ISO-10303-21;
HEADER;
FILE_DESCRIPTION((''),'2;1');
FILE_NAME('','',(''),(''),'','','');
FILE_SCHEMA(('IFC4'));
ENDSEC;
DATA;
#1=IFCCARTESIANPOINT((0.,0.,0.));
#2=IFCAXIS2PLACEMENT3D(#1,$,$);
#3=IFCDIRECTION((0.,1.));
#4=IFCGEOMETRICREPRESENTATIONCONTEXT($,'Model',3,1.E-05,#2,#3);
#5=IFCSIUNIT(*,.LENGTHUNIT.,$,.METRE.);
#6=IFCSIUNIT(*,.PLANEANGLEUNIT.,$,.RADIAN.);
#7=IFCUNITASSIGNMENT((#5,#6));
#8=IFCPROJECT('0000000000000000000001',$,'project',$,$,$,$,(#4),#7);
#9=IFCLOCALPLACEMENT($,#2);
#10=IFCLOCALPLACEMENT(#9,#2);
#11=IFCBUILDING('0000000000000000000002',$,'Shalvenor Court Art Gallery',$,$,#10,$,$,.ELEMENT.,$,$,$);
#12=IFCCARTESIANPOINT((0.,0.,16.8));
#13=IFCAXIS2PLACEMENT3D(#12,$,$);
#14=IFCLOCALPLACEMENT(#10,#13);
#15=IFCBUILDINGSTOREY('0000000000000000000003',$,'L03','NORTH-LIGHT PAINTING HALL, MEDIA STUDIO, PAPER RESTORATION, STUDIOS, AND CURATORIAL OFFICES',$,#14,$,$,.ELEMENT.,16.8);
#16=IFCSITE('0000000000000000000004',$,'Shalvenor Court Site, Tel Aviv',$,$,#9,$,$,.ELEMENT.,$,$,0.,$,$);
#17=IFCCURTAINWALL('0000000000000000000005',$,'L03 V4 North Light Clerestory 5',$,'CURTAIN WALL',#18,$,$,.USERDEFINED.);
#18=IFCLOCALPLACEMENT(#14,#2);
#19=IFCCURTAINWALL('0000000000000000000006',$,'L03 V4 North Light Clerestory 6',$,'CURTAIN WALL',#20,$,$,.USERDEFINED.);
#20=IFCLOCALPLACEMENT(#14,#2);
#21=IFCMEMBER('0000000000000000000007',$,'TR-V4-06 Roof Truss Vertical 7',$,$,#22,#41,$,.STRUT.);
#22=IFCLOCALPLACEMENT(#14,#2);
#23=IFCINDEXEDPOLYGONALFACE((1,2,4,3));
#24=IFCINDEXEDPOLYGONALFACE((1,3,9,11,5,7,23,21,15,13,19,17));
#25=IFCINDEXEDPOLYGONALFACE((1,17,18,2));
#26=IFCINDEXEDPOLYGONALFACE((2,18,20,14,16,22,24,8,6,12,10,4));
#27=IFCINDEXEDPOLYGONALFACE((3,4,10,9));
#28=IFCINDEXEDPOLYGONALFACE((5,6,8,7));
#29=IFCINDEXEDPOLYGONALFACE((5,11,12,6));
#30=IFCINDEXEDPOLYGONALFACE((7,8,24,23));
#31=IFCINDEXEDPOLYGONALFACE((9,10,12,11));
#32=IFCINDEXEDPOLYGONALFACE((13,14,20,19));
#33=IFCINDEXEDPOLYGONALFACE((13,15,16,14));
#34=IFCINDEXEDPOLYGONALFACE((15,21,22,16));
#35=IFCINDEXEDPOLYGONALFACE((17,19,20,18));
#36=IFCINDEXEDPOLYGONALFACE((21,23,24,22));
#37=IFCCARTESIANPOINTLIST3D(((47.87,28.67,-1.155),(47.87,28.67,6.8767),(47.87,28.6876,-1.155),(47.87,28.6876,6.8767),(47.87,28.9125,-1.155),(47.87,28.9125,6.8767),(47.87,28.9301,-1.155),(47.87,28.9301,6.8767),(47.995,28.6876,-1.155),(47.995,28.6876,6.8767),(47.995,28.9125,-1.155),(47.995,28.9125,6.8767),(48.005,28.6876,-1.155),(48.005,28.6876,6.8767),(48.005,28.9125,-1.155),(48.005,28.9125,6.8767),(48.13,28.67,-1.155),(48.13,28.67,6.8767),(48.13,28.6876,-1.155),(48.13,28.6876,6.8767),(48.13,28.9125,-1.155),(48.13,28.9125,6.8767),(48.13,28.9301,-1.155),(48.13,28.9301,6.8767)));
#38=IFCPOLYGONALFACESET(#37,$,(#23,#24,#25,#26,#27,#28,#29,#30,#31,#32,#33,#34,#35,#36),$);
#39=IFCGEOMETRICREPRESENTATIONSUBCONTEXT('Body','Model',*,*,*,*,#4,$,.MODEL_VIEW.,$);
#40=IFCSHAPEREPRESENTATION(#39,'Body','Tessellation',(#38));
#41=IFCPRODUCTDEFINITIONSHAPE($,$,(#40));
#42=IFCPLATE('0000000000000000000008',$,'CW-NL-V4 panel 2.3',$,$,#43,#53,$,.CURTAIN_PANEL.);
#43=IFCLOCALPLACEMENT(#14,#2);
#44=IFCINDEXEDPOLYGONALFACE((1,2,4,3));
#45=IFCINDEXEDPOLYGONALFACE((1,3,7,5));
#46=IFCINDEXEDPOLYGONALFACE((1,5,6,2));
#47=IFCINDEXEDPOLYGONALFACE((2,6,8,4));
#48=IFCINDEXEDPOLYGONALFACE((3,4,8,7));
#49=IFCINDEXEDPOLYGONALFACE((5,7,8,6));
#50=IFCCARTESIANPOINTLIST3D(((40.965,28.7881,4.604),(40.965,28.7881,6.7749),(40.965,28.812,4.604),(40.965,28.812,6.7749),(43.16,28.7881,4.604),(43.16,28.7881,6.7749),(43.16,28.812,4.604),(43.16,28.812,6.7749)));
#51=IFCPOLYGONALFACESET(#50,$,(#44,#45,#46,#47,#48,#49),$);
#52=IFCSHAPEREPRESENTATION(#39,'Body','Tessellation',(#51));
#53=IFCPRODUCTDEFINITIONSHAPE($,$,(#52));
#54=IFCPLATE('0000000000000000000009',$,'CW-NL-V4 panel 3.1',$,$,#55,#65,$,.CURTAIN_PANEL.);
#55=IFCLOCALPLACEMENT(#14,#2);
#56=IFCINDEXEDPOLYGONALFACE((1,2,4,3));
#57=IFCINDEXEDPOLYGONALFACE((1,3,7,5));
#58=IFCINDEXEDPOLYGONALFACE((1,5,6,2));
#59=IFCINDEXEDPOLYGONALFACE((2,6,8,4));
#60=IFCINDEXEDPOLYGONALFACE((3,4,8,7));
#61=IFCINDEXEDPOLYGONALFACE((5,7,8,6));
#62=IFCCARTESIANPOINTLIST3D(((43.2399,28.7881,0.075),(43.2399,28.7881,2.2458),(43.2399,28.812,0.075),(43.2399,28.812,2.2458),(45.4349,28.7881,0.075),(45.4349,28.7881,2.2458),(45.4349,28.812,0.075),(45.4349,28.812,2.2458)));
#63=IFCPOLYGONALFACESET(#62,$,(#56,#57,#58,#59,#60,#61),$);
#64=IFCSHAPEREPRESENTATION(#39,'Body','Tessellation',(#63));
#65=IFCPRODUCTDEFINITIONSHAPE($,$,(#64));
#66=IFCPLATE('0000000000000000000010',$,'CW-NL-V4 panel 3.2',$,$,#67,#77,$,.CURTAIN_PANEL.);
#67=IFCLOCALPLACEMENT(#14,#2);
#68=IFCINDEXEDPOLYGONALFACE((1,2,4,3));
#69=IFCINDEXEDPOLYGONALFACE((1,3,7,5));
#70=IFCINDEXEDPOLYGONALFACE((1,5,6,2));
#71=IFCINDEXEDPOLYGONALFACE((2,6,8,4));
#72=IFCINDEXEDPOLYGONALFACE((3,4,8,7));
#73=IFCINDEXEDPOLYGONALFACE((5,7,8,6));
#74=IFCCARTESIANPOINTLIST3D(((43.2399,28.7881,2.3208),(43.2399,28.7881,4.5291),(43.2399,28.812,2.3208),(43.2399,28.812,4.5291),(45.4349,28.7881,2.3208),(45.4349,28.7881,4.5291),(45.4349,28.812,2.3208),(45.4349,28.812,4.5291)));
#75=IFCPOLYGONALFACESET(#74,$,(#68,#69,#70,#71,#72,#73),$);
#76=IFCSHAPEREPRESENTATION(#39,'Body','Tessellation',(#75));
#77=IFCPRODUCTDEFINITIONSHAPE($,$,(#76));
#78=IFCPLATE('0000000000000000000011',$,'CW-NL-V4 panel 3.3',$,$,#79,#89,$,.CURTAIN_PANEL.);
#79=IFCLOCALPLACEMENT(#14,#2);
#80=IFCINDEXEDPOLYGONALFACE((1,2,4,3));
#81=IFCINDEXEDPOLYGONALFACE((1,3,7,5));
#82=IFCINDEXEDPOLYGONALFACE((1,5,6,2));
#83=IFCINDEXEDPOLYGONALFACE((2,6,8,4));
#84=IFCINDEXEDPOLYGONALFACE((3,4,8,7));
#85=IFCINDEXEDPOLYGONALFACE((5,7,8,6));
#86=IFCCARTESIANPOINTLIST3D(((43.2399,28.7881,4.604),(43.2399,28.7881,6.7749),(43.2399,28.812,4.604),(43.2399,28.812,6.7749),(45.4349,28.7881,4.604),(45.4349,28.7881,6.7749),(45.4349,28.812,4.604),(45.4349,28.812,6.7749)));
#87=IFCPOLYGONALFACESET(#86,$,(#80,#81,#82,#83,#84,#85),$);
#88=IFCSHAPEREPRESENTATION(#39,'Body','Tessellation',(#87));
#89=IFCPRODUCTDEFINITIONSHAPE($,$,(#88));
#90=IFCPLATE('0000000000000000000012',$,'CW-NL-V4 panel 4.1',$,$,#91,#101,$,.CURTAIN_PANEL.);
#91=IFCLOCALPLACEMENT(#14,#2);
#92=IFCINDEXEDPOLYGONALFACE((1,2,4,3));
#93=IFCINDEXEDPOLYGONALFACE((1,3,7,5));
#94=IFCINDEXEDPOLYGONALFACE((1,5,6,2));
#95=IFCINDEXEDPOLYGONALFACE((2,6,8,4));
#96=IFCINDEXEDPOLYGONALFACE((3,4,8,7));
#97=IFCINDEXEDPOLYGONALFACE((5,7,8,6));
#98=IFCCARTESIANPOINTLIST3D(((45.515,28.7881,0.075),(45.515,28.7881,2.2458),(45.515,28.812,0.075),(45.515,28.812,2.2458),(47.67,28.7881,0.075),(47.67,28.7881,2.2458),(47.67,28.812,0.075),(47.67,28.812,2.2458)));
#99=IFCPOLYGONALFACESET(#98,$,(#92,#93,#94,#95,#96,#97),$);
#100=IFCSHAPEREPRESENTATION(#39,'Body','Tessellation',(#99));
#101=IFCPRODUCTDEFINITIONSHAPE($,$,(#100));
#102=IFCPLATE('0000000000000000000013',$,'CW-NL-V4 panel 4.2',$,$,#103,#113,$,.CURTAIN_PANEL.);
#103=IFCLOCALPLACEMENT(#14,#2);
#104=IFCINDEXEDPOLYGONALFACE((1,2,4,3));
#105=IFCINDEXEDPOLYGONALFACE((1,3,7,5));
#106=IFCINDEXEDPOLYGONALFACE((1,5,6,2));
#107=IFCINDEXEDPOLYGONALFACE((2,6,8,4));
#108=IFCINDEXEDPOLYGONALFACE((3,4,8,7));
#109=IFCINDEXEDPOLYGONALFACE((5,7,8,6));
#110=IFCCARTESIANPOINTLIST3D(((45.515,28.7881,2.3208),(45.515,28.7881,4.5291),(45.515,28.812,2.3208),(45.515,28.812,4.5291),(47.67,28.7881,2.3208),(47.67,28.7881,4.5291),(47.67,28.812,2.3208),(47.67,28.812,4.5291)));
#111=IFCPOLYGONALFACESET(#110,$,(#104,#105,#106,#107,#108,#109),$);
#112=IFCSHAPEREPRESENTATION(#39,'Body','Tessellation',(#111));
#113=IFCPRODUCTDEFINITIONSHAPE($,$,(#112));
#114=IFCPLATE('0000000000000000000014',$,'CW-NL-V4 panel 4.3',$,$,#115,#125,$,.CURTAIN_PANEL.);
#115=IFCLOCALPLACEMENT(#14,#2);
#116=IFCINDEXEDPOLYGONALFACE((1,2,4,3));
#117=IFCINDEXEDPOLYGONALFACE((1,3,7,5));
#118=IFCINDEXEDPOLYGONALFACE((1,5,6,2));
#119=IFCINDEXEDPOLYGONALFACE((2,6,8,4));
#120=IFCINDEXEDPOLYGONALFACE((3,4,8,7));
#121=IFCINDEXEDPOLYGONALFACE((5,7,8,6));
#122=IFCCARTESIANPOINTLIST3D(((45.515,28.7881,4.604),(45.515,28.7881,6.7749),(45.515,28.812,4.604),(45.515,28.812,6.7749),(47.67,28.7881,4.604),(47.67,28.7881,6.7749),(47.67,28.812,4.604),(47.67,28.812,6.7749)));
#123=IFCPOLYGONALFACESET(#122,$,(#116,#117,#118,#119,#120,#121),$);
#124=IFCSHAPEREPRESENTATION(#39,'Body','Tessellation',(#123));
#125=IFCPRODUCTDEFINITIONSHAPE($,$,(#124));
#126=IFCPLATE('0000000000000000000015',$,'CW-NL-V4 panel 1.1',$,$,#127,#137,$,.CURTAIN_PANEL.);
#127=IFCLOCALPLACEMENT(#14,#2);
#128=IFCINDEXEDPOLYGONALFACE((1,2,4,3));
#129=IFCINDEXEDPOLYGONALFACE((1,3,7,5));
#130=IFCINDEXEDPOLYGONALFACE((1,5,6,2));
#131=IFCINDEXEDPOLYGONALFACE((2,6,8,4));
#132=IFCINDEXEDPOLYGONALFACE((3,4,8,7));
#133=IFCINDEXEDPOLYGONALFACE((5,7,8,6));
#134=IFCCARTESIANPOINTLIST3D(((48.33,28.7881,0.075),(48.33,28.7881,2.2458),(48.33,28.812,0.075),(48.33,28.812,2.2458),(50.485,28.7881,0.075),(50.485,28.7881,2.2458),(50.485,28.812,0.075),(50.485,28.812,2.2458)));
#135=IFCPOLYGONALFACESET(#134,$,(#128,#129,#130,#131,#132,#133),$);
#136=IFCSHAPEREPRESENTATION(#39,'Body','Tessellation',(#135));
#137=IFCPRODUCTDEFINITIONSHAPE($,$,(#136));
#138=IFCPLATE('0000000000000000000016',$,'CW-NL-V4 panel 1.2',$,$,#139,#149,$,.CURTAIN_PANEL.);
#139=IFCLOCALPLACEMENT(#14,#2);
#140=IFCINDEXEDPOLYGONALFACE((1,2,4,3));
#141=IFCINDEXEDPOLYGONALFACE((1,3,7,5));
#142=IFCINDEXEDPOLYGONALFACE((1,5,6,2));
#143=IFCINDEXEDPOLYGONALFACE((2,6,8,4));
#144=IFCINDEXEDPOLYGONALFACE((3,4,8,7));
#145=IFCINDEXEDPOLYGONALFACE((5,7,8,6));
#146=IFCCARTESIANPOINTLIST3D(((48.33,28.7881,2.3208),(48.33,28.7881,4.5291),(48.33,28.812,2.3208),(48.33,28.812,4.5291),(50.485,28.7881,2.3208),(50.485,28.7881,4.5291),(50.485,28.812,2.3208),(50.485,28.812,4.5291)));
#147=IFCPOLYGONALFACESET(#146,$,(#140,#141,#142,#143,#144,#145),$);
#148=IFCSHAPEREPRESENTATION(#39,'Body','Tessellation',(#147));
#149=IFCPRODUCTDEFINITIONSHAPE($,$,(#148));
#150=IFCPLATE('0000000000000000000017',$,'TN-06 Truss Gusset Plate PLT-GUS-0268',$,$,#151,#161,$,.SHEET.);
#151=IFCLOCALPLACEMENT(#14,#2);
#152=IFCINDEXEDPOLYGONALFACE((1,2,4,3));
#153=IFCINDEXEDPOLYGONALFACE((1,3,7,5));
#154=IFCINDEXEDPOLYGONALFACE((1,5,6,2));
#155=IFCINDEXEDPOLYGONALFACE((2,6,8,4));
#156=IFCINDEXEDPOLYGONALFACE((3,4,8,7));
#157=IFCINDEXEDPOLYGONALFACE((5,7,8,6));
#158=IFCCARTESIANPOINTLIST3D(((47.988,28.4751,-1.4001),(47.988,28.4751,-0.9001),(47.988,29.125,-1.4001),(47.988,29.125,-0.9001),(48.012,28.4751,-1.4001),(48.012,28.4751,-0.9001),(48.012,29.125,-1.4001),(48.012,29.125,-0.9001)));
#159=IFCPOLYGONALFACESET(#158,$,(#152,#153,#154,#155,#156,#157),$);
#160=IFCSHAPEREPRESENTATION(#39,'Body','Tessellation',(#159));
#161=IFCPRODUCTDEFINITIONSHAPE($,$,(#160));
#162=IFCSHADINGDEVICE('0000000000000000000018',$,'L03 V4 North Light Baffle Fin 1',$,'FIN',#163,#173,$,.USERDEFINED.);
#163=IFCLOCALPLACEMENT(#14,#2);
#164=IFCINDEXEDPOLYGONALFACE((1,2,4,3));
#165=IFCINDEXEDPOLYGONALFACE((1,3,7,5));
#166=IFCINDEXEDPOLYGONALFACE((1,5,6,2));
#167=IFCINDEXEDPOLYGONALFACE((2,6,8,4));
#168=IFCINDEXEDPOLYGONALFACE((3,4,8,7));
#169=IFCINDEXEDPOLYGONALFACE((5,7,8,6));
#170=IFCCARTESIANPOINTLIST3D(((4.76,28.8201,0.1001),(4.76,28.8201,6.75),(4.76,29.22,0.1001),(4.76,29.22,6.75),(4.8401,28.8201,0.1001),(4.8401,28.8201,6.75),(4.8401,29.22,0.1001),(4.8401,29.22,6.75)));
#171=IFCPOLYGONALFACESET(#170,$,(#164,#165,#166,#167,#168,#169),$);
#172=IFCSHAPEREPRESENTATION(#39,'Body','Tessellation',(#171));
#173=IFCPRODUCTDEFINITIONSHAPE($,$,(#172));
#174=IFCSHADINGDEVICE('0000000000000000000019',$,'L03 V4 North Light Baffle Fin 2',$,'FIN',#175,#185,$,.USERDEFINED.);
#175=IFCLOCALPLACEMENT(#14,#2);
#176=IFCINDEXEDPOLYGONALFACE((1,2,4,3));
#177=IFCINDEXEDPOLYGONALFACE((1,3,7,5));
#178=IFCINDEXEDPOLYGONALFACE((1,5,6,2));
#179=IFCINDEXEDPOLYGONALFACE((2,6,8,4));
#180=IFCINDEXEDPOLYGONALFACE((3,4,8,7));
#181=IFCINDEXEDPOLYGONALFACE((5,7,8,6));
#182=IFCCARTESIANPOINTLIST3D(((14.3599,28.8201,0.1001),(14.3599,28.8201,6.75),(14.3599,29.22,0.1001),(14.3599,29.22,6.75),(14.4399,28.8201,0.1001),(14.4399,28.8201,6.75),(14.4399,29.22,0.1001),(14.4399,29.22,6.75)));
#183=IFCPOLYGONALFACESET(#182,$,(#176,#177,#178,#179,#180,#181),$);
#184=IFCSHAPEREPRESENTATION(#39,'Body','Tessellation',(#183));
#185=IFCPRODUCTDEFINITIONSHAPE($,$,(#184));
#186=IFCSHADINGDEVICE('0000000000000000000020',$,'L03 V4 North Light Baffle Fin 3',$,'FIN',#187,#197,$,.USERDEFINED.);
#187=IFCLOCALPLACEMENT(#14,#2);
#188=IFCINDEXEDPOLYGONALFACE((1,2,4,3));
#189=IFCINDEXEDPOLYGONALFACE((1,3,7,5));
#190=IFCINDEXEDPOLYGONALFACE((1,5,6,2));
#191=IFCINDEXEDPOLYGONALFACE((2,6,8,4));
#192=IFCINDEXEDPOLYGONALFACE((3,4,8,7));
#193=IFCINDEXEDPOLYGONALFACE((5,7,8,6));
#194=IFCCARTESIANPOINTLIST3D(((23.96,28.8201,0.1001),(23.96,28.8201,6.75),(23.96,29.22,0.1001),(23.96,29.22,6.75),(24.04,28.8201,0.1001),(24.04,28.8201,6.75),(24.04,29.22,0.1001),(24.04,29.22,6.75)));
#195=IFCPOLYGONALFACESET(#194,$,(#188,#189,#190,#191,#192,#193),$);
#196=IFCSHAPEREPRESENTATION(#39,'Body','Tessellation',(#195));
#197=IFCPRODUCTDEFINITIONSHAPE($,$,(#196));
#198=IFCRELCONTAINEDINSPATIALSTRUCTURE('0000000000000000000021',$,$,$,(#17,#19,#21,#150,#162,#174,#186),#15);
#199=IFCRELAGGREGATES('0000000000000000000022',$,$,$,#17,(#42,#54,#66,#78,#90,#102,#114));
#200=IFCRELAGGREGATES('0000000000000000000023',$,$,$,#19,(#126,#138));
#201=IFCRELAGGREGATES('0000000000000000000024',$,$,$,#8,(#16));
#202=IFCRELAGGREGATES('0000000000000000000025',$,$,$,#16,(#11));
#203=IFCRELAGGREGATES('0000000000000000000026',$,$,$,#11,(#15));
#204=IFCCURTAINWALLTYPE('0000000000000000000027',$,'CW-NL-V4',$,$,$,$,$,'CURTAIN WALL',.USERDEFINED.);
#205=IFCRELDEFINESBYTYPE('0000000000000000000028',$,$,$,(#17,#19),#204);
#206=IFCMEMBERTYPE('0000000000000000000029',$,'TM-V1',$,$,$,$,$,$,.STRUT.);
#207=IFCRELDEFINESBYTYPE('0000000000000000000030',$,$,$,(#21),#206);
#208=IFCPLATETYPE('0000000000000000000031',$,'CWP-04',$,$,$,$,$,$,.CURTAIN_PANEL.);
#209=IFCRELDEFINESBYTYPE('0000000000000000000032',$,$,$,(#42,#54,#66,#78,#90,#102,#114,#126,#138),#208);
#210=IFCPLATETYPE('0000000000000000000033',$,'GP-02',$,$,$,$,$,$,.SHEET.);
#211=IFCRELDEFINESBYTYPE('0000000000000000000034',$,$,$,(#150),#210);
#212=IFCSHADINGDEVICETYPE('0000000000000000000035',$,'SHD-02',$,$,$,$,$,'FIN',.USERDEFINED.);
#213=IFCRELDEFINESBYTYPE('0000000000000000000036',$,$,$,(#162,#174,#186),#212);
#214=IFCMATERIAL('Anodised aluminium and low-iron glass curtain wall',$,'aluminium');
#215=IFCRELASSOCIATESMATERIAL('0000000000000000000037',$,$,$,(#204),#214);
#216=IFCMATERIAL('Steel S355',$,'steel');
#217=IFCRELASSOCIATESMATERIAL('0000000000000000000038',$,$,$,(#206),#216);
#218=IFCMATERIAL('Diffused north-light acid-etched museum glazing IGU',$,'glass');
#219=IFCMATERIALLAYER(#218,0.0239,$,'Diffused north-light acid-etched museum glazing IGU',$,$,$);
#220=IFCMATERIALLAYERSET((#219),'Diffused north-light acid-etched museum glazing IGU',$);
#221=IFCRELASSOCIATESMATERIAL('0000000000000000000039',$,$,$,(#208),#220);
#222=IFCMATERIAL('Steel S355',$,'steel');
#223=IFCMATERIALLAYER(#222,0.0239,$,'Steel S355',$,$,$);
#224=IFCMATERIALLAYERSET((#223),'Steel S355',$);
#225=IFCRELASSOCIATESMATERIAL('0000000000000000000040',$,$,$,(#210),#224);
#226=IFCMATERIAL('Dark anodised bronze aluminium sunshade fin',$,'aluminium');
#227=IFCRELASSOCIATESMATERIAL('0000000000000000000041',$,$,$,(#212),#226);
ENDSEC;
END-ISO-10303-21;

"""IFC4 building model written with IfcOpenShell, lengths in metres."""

from ifc_helpers import new_model, si_unit, direction, frame, origin, origin_2d, place, context, subcontext, project, spatial, rectangle, i_section, extrude, material, layer, layer_set, material_profile, profile_set, type_object, element, aggregate, save


model = new_model("IFC4")

# Units and contexts
model_context = context("Model", 3, precision=1e-05, world=origin(), true_north=direction((0.0, 1.0)))
body_context = subcontext(model_context, "Body", "Model", "MODEL_VIEW")
ifc_project = project(units=[si_unit("LENGTHUNIT", "METRE"), si_unit("PLANEANGLEUNIT", "RADIAN")], contexts=[model_context])

# Site, building, storey
site_placement = place(None, origin())
site = spatial("IfcSite", under=ifc_project, at=site_placement, Name="Shalvenor Court Site, Tel Aviv", CompositionType="ELEMENT", RefElevation=0.0)
building_placement = place(site_placement, origin())
building = spatial("IfcBuilding", under=site, at=building_placement, Name="Shalvenor Court Art Gallery", CompositionType="ELEMENT")
storey_placement = place(building_placement, frame((0.0, 0.0, 16.8)))
storey = spatial("IfcBuildingStorey", under=building, at=storey_placement, Name="L03", Description="NORTH-LIGHT PAINTING HALL, MEDIA STUDIO, PAPER RESTORATION, STUDIOS, AND CURATORIAL OFFICES", CompositionType="ELEMENT", Elevation=16.8)

# Curtain walls
ifc_material_1 = material(Name="Anodised aluminium and low-iron glass curtain wall", Category="aluminium")
curtain_wall_type = type_object("IfcCurtainWallType", Name="CW-NL-V4", ElementType="CURTAIN WALL", PredefinedType="USERDEFINED", material=ifc_material_1)
curtain_wall_1_placement = place(storey_placement, origin())
curtain_wall_1 = element("IfcCurtainWall", 1, at=curtain_wall_1_placement, inside=storey, type_object=curtain_wall_type, Name="L03 V4 North Light Clerestory 5", ObjectType="CURTAIN WALL", PredefinedType="USERDEFINED")
curtain_wall_2_placement = place(storey_placement, origin())
curtain_wall_2 = element("IfcCurtainWall", 2, at=curtain_wall_2_placement, inside=storey, type_object=curtain_wall_type, Name="L03 V4 North Light Clerestory 6", ObjectType="CURTAIN WALL", PredefinedType="USERDEFINED")

# Member
ifc_material_2 = material(Name="Steel S355", Category="steel")
ifc_material_profile_1 = material_profile(ifc_material_2, i_section(OverallWidth=0.26, OverallDepth=0.26, WebThickness=0.01, FlangeThickness=0.0176, at=origin_2d()), Name="HEB 260")
ifc_profile_set_1 = profile_set([ifc_material_profile_1], Name="Steel S355")
member_type_1 = type_object("IfcMemberType", Name="TM-V1", PredefinedType="STRUT", material=ifc_profile_set_1)
member_1_placement = place(storey_placement, frame((48.0, 28.8, -1.155), z_axis=(0.0, 0.0, 1.0), x_axis=(1.0, 0.0, 0.0)))
element("IfcMember", 3, at=member_1_placement, inside=storey, type_object=member_type_1, Name="TR-V4-06 Roof Truss Vertical 7", PredefinedType="STRUT", context=body_context, shape_type="SweptSolid", body=[
    extrude(i_section(OverallWidth=0.26, OverallDepth=0.26, WebThickness=0.01, FlangeThickness=0.0176, at=origin_2d()), origin(), (0.0, 0.0, 1.0), 8.0317),
])

# Plates
ifc_material_3 = material(Name="Diffused north-light acid-etched museum glazing IGU", Category="glass")
ifc_layer_1 = layer(ifc_material_3, 0.0239, Name="Diffused north-light acid-etched museum glazing IGU")
ifc_layer_set_1 = layer_set([ifc_layer_1], Name="Diffused north-light acid-etched museum glazing IGU")
plate_type_1 = type_object("IfcPlateType", Name="CWP-04", PredefinedType="CURTAIN_PANEL", material=ifc_layer_set_1)
plate_1_placement = place(storey_placement, frame((42.0625, 28.8, 4.604), z_axis=(0.0, 0.0, 1.0), x_axis=(1.0, 0.0, 0.0)))
plate_1 = element("IfcPlate", 4, at=plate_1_placement, type_object=plate_type_1, Name="CW-NL-V4 panel 2.3", PredefinedType="CURTAIN_PANEL", context=body_context, shape_type="SweptSolid", body=[
    extrude(rectangle(XDim=2.1951, YDim=0.0239, at=origin_2d()), origin(), (0.0, 0.0, 1.0), 2.1709),
])
plate_2_placement = place(storey_placement, frame((44.3374, 28.8, 0.075), z_axis=(0.0, 0.0, 1.0), x_axis=(1.0, 0.0, 0.0)))
plate_2 = element("IfcPlate", 5, at=plate_2_placement, type_object=plate_type_1, Name="CW-NL-V4 panel 3.1", PredefinedType="CURTAIN_PANEL", context=body_context, shape_type="SweptSolid", body=[
    extrude(rectangle(XDim=2.1951, YDim=0.0239, at=origin_2d()), origin(), (0.0, 0.0, 1.0), 2.1709),
])
plate_3_placement = place(storey_placement, frame((44.3374, 28.8, 2.3208), z_axis=(0.0, 0.0, 1.0), x_axis=(1.0, 0.0, 0.0)))
plate_3 = element("IfcPlate", 6, at=plate_3_placement, type_object=plate_type_1, Name="CW-NL-V4 panel 3.2", PredefinedType="CURTAIN_PANEL", context=body_context, shape_type="SweptSolid", body=[
    extrude(rectangle(XDim=2.1951, YDim=0.0239, at=origin_2d()), origin(), (0.0, 0.0, 1.0), 2.2083),
])
plate_4_placement = place(storey_placement, frame((44.3374, 28.8, 4.604), z_axis=(0.0, 0.0, 1.0), x_axis=(1.0, 0.0, 0.0)))
plate_4 = element("IfcPlate", 7, at=plate_4_placement, type_object=plate_type_1, Name="CW-NL-V4 panel 3.3", PredefinedType="CURTAIN_PANEL", context=body_context, shape_type="SweptSolid", body=[
    extrude(rectangle(XDim=2.1951, YDim=0.0239, at=origin_2d()), origin(), (0.0, 0.0, 1.0), 2.1709),
])
plate_5_placement = place(storey_placement, frame((46.5925, 28.8, 0.075), z_axis=(0.0, 0.0, 1.0), x_axis=(1.0, 0.0, 0.0)))
plate_5 = element("IfcPlate", 8, at=plate_5_placement, type_object=plate_type_1, Name="CW-NL-V4 panel 4.1", PredefinedType="CURTAIN_PANEL", context=body_context, shape_type="SweptSolid", body=[
    extrude(rectangle(XDim=2.155, YDim=0.0239, at=origin_2d()), origin(), (0.0, 0.0, 1.0), 2.1709),
])
plate_6_placement = place(storey_placement, frame((46.5925, 28.8, 2.3208), z_axis=(0.0, 0.0, 1.0), x_axis=(1.0, 0.0, 0.0)))
plate_6 = element("IfcPlate", 9, at=plate_6_placement, type_object=plate_type_1, Name="CW-NL-V4 panel 4.2", PredefinedType="CURTAIN_PANEL", context=body_context, shape_type="SweptSolid", body=[
    extrude(rectangle(XDim=2.155, YDim=0.0239, at=origin_2d()), origin(), (0.0, 0.0, 1.0), 2.2083),
])
plate_7_placement = place(storey_placement, frame((46.5925, 28.8, 4.604), z_axis=(0.0, 0.0, 1.0), x_axis=(1.0, 0.0, 0.0)))
plate_7 = element("IfcPlate", 10, at=plate_7_placement, type_object=plate_type_1, Name="CW-NL-V4 panel 4.3", PredefinedType="CURTAIN_PANEL", context=body_context, shape_type="SweptSolid", body=[
    extrude(rectangle(XDim=2.155, YDim=0.0239, at=origin_2d()), origin(), (0.0, 0.0, 1.0), 2.1709),
])
aggregate(curtain_wall_1, [plate_1, plate_2, plate_3, plate_4, plate_5, plate_6, plate_7])
plate_8_placement = place(storey_placement, frame((49.4075, 28.8, 0.075), z_axis=(0.0, 0.0, 1.0), x_axis=(1.0, 0.0, 0.0)))
plate_8 = element("IfcPlate", 11, at=plate_8_placement, type_object=plate_type_1, Name="CW-NL-V4 panel 1.1", PredefinedType="CURTAIN_PANEL", context=body_context, shape_type="SweptSolid", body=[
    extrude(rectangle(XDim=2.155, YDim=0.0239, at=origin_2d()), origin(), (0.0, 0.0, 1.0), 2.1709),
])
plate_9_placement = place(storey_placement, frame((49.4075, 28.8, 2.3208), z_axis=(0.0, 0.0, 1.0), x_axis=(1.0, 0.0, 0.0)))
plate_9 = element("IfcPlate", 12, at=plate_9_placement, type_object=plate_type_1, Name="CW-NL-V4 panel 1.2", PredefinedType="CURTAIN_PANEL", context=body_context, shape_type="SweptSolid", body=[
    extrude(rectangle(XDim=2.155, YDim=0.0239, at=origin_2d()), origin(), (0.0, 0.0, 1.0), 2.2083),
])
aggregate(curtain_wall_2, [plate_8, plate_9])
ifc_material_4 = material(Name="Steel S355", Category="steel")
ifc_layer_2 = layer(ifc_material_4, 0.0239, Name="Steel S355")
ifc_layer_set_2 = layer_set([ifc_layer_2], Name="Steel S355")
plate_type_2 = type_object("IfcPlateType", Name="GP-02", PredefinedType="SHEET", material=ifc_layer_set_2)
plate_10_placement = place(storey_placement, frame((48.0, 28.8, -1.4001), z_axis=(0.0, 0.0, 1.0), x_axis=(0.0, 1.0, 0.0)))
element("IfcPlate", 13, at=plate_10_placement, inside=storey, type_object=plate_type_2, Name="TN-06 Truss Gusset Plate PLT-GUS-0268", PredefinedType="SHEET", context=body_context, shape_type="SweptSolid", body=[
    extrude(rectangle(XDim=0.6499, YDim=0.0239, at=origin_2d()), origin(), (0.0, 0.0, 1.0), 0.5),
])

# Shading devices
ifc_material_5 = material(Name="Dark anodised bronze aluminium sunshade fin", Category="aluminium")
shading_device_type = type_object("IfcShadingDeviceType", Name="SHD-02", ElementType="FIN", PredefinedType="USERDEFINED", material=ifc_material_5)
for number, where, z_axis, x_axis, name in (
    (14, (4.8, 29.02, 0.1001), (0.0, 0.0, 1.0), (1.0, 0.0, 0.0), "L03 V4 North Light Baffle Fin 1"),
    (15, (14.3999, 29.02, 0.1001), (0.0, 0.0, 1.0), (1.0, 0.0, 0.0), "L03 V4 North Light Baffle Fin 2"),
    (16, (24.0, 29.02, 0.1001), (0.0, 0.0, 1.0), (1.0, 0.0, 0.0), "L03 V4 North Light Baffle Fin 3"),
):
    element("IfcShadingDevice", number, at=place(storey_placement, frame(where, z_axis=z_axis, x_axis=x_axis)), inside=storey, type_object=shading_device_type, Name=name, ObjectType="FIN", PredefinedType="USERDEFINED", context=body_context, shape_type="SweptSolid", body=[
        extrude(rectangle(XDim=0.0801, YDim=0.3999, at=origin_2d()), origin(), (0.0, 0.0, 1.0), 6.6499),
    ])

save(model, "model.ifc")
